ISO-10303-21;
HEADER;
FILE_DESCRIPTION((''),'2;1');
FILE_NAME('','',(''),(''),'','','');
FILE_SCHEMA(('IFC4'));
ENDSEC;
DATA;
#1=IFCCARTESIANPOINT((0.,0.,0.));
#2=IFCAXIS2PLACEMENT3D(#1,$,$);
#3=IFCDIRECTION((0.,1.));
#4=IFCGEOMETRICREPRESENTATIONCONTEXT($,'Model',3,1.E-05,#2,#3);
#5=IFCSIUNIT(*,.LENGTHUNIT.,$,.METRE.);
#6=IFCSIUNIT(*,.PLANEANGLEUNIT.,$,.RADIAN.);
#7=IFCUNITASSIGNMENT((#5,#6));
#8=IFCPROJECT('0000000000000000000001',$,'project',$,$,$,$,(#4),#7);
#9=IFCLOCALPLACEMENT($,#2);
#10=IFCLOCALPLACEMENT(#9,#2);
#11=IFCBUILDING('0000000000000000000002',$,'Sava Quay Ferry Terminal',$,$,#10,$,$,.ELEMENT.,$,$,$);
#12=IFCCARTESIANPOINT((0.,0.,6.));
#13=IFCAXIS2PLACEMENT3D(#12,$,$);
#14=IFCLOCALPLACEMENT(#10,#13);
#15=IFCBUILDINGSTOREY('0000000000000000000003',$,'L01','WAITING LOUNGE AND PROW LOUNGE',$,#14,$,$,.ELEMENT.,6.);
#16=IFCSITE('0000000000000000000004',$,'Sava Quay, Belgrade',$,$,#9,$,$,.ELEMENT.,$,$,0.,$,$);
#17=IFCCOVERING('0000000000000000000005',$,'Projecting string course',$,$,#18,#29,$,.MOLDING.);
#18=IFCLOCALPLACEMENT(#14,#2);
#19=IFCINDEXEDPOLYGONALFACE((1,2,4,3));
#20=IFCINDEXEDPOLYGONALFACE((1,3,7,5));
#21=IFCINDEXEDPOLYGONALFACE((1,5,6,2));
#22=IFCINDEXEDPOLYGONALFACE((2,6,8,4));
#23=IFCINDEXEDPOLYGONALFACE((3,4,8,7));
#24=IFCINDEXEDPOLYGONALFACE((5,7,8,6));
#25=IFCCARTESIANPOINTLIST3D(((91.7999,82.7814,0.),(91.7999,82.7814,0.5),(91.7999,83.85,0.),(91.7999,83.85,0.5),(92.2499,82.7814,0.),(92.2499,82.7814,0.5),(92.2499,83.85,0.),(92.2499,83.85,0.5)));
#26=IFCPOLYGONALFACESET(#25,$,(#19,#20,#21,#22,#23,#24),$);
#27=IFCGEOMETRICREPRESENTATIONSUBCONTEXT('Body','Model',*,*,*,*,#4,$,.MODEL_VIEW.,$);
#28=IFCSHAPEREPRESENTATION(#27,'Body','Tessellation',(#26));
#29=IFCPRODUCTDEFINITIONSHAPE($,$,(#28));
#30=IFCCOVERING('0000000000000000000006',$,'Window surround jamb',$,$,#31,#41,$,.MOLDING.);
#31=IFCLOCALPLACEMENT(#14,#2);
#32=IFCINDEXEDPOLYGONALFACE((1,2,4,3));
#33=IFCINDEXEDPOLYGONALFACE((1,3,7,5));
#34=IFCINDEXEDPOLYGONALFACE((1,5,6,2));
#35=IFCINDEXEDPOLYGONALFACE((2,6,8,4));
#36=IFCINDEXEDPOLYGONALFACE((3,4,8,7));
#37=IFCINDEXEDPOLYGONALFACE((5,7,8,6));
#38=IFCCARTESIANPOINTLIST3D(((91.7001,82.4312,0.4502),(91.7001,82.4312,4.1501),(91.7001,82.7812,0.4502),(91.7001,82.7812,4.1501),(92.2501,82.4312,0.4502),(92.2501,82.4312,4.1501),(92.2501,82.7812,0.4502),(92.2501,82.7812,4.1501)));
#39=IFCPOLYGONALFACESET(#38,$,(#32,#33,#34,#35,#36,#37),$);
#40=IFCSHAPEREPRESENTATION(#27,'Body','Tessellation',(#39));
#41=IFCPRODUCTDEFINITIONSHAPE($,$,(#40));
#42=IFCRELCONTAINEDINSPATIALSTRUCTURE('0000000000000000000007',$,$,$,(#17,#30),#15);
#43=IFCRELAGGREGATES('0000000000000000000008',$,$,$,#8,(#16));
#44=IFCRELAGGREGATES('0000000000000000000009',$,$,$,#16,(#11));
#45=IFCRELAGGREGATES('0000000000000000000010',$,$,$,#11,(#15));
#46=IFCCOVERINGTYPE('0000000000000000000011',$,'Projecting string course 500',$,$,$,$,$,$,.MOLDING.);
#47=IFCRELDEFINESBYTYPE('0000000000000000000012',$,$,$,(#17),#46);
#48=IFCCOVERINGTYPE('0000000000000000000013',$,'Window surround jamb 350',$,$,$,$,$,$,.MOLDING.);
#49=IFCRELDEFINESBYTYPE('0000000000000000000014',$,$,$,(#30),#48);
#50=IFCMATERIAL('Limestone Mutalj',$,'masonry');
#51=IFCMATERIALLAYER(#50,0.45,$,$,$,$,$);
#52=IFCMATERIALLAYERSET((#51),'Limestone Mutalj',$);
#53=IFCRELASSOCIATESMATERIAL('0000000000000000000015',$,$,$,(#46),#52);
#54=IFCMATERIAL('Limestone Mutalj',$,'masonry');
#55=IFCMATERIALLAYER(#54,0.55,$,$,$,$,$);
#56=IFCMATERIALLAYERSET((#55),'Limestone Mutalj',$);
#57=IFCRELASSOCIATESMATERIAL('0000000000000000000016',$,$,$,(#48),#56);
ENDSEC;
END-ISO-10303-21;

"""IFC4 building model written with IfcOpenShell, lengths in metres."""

from ifc_helpers import new_model, si_unit, direction, frame, origin, origin_2d, place, context, subcontext, project, spatial, rectangle, extrude, material, layer, layer_set, type_object, element, save


model = new_model("IFC4")

# Units and contexts
model_context = context("Model", 3, precision=1e-05, world=origin(), true_north=direction((0.0, 1.0)))
body_context = subcontext(model_context, "Body", "Model", "MODEL_VIEW")
ifc_project = project(units=[si_unit("LENGTHUNIT", "METRE"), si_unit("PLANEANGLEUNIT", "RADIAN")], contexts=[model_context])

# Site, building, storey
site_placement = place(None, origin())
site = spatial("IfcSite", under=ifc_project, at=site_placement, Name="Sava Quay, Belgrade", CompositionType="ELEMENT", RefElevation=0.0)
building_placement = place(site_placement, origin())
building = spatial("IfcBuilding", under=site, at=building_placement, Name="Sava Quay Ferry Terminal", CompositionType="ELEMENT")
storey_placement = place(building_placement, frame((0.0, 0.0, 6.0)))
storey = spatial("IfcBuildingStorey", under=building, at=storey_placement, Name="L01", Description="WAITING LOUNGE AND PROW LOUNGE", CompositionType="ELEMENT", Elevation=6.0)

# Coverings
ifc_material_1 = material(Name="Limestone Mutalj", Category="masonry")
ifc_layer_1 = layer(ifc_material_1, 0.45)
ifc_layer_set_1 = layer_set([ifc_layer_1], Name="Limestone Mutalj")
covering_type_1 = type_object("IfcCoveringType", Name="Projecting string course 500", PredefinedType="MOLDING", material=ifc_layer_set_1)
covering_1_placement = place(storey_placement, frame((92.0249, 83.3157, 0.0), z_axis=(0.0, 0.0, 1.0), x_axis=(1.0, 0.0, 0.0)))
element("IfcCovering", 1, at=covering_1_placement, inside=storey, type_object=covering_type_1, Name="Projecting string course", PredefinedType="MOLDING", context=body_context, shape_type="SweptSolid", body=[
    extrude(rectangle(XDim=0.45, YDim=1.0686, at=origin_2d()), origin(), (0.0, 0.0, 1.0), 0.5),
])
ifc_material_2 = material(Name="Limestone Mutalj", Category="masonry")
ifc_layer_2 = layer(ifc_material_2, 0.55)
ifc_layer_set_2 = layer_set([ifc_layer_2], Name="Limestone Mutalj")
covering_type_2 = type_object("IfcCoveringType", Name="Window surround jamb 350", PredefinedType="MOLDING", material=ifc_layer_set_2)
covering_2_placement = place(storey_placement, frame((91.9751, 82.6062, 0.4502), z_axis=(0.0, 0.0, 1.0), x_axis=(1.0, 0.0, 0.0)))
element("IfcCovering", 2, at=covering_2_placement, inside=storey, type_object=covering_type_2, Name="Window surround jamb", PredefinedType="MOLDING", context=body_context, shape_type="SweptSolid", body=[
    extrude(rectangle(XDim=0.55, YDim=0.3501, at=origin_2d()), origin(), (0.0, 0.0, 1.0), 3.7),
])

save(model, "model.ifc")
